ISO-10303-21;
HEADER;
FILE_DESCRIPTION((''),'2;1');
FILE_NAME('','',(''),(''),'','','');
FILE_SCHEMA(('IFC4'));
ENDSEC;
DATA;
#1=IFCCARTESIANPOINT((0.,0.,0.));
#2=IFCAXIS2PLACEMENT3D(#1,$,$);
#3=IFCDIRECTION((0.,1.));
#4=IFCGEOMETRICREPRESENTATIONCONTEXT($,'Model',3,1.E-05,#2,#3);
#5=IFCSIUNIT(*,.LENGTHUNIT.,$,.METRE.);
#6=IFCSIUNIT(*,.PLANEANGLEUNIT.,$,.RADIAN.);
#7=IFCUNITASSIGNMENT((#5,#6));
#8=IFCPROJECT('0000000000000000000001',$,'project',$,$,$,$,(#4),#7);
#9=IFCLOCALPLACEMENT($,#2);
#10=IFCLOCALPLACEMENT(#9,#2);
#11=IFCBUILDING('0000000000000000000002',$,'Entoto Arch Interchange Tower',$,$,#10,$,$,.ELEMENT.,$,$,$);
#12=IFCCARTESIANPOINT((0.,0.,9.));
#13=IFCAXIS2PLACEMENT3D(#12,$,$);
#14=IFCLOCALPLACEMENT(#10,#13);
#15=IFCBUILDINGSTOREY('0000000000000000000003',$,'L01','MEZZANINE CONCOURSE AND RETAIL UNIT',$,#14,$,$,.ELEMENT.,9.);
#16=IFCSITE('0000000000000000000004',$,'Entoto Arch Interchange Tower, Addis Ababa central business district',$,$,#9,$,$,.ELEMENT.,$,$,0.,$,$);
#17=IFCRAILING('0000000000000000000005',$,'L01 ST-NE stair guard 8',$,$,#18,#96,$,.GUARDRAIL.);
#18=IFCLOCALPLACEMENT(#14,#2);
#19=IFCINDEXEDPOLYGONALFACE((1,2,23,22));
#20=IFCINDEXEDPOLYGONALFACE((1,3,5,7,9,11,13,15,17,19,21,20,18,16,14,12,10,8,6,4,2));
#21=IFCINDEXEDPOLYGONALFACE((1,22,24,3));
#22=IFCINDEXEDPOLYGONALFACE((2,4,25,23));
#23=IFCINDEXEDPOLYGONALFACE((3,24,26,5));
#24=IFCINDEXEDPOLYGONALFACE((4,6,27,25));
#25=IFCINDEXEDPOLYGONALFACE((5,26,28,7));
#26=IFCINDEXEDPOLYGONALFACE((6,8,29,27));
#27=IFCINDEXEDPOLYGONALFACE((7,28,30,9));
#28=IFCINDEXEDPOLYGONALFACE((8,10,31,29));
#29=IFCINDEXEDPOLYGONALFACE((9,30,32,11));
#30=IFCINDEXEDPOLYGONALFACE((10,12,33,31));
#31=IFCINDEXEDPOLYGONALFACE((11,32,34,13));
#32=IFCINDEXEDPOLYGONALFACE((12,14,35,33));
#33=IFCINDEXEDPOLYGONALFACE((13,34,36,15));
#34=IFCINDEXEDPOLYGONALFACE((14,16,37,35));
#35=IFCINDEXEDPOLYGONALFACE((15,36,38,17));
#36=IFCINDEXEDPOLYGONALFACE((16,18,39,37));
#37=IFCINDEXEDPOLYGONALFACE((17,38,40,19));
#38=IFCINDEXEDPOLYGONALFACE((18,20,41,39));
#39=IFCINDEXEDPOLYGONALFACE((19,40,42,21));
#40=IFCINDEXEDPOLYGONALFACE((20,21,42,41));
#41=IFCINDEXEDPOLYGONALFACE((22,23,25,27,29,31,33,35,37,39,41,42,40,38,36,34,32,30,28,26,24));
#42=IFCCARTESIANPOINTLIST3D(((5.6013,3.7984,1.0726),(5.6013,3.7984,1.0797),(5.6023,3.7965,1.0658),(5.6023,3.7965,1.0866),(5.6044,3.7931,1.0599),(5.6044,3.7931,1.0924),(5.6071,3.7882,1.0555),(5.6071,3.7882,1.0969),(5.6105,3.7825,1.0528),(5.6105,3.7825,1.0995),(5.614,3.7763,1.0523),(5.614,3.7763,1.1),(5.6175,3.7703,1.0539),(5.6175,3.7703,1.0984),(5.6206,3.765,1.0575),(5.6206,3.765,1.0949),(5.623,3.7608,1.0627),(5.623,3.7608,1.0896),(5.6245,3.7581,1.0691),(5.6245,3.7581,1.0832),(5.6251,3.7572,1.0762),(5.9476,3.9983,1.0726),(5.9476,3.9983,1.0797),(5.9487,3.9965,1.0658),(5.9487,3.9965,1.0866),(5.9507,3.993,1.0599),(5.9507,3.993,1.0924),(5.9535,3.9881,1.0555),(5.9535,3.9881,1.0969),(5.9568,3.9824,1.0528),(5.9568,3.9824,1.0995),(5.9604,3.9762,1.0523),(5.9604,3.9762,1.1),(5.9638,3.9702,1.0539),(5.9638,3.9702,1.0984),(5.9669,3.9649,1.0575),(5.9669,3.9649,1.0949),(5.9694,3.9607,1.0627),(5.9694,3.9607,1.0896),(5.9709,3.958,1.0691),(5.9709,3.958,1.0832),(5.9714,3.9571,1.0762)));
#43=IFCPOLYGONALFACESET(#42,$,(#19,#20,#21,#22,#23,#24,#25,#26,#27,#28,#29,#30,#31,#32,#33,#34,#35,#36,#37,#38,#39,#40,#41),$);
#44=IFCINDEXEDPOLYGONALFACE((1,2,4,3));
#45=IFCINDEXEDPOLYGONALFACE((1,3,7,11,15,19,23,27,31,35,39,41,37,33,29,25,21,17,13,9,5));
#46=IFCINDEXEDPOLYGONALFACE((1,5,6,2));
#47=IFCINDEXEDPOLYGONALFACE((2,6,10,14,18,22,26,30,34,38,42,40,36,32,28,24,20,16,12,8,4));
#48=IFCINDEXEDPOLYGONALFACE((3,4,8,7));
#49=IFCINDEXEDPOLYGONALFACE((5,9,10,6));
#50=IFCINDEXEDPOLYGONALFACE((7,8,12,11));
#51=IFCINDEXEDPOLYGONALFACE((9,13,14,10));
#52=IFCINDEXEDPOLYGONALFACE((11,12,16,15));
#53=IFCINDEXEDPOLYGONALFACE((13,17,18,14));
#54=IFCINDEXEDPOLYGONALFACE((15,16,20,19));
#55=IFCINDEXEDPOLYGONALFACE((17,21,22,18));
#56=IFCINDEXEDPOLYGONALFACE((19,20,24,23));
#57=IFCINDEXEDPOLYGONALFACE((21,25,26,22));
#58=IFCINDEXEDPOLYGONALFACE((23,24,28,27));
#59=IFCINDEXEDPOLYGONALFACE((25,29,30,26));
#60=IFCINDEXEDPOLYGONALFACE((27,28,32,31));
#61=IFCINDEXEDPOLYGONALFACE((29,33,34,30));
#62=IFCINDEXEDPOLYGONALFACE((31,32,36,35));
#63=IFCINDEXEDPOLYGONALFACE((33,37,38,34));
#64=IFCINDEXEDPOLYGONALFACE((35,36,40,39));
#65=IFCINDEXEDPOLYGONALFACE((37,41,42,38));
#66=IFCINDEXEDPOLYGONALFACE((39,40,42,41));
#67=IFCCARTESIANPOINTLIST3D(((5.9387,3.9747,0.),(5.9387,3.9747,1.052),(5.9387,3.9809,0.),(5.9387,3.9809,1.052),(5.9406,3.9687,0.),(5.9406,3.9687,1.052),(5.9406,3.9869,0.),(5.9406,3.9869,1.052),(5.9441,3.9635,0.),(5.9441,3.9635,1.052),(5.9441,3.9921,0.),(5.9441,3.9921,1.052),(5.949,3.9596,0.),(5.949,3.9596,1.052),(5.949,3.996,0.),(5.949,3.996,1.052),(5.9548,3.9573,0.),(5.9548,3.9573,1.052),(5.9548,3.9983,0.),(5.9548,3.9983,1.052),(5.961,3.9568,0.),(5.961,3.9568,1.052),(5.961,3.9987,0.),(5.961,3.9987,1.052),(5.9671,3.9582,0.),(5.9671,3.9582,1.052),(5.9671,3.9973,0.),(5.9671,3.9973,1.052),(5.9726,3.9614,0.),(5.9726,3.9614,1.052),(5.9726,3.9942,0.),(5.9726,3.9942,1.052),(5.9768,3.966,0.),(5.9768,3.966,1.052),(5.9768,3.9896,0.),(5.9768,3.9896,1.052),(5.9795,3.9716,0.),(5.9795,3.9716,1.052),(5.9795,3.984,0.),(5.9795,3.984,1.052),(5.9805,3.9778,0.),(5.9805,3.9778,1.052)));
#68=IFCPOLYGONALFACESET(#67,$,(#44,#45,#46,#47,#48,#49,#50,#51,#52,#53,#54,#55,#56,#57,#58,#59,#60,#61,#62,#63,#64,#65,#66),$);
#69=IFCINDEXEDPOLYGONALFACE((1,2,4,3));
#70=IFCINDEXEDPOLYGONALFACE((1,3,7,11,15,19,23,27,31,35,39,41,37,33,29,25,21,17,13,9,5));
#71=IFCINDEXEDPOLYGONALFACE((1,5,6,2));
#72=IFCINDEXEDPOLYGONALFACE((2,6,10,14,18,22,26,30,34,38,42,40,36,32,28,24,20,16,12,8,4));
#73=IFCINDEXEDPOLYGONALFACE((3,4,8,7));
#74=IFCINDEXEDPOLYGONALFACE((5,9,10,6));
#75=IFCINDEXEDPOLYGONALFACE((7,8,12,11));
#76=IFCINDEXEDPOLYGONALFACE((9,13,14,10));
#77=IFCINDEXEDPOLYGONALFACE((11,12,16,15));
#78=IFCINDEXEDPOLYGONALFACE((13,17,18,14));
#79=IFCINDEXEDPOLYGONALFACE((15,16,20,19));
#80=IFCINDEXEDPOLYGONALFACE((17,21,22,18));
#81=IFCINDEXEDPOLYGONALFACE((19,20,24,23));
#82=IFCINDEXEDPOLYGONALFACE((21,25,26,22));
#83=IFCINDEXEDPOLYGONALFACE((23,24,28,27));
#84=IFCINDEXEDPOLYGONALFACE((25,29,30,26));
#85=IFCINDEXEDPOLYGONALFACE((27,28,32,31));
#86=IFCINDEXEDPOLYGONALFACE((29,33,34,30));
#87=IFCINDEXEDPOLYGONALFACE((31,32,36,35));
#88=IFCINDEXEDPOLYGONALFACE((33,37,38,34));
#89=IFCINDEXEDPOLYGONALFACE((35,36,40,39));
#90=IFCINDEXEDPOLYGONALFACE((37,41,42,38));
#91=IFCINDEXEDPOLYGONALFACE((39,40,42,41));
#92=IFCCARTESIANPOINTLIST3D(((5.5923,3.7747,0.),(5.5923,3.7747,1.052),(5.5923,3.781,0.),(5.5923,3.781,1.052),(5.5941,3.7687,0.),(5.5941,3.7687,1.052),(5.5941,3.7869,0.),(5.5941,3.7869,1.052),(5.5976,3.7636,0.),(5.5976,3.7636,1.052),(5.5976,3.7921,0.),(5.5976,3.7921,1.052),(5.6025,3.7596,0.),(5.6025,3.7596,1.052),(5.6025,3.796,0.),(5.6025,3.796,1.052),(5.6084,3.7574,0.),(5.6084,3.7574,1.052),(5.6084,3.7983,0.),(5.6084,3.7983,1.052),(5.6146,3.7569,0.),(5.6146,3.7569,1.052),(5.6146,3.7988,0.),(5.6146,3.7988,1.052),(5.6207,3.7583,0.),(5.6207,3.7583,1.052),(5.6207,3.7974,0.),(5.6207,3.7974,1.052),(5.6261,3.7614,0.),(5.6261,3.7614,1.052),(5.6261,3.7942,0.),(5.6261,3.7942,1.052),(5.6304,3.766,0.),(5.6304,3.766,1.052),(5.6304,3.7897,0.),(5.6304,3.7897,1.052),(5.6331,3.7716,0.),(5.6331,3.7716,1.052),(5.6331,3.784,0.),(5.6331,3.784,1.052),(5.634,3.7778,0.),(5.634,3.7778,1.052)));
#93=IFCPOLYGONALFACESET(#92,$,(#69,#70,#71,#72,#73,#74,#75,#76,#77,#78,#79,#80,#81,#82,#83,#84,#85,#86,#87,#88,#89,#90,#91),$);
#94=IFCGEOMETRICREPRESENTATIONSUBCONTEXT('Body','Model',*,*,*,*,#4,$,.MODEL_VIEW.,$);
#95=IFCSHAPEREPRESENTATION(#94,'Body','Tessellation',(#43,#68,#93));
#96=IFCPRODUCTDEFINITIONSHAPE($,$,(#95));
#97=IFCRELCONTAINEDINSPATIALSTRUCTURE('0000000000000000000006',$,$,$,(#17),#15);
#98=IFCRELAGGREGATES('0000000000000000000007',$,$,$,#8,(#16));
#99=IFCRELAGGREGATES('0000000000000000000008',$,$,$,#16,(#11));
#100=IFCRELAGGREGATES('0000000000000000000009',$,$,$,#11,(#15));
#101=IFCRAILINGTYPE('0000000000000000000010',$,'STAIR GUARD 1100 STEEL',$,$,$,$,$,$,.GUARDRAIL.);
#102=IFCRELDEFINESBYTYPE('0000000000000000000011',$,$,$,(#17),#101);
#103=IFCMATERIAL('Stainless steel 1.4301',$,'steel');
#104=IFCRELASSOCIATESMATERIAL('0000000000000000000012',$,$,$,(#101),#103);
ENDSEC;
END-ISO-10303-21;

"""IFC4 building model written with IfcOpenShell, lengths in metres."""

from ifc_helpers import new_model, si_unit, direction, frame, origin, origin_2d, place, context, subcontext, project, spatial, circle, extrude, material, type_object, element, save


model = new_model("IFC4")

# Units and contexts
model_context = context("Model", 3, precision=1e-05, world=origin(), true_north=direction((0.0, 1.0)))
body_context = subcontext(model_context, "Body", "Model", "MODEL_VIEW")
ifc_project = project(units=[si_unit("LENGTHUNIT", "METRE"), si_unit("PLANEANGLEUNIT", "RADIAN")], contexts=[model_context])

# Site, building, storey
site_placement = place(None, origin())
site = spatial("IfcSite", under=ifc_project, at=site_placement, Name="Entoto Arch Interchange Tower, Addis Ababa central business district", CompositionType="ELEMENT", RefElevation=0.0)
building_placement = place(site_placement, origin())
building = spatial("IfcBuilding", under=site, at=building_placement, Name="Entoto Arch Interchange Tower", CompositionType="ELEMENT")
storey_placement = place(building_placement, frame((0.0, 0.0, 9.0)))
storey = spatial("IfcBuildingStorey", under=building, at=storey_placement, Name="L01", Description="MEZZANINE CONCOURSE AND RETAIL UNIT", CompositionType="ELEMENT", Elevation=9.0)

# Railing
ifc_material_1 = material(Name="Stainless steel 1.4301", Category="steel")
railing_type_1 = type_object("IfcRailingType", Name="STAIR GUARD 1100 STEEL", PredefinedType="GUARDRAIL", material=ifc_material_1)
railing_1_placement = place(storey_placement, frame((5.9595, 3.9778, 0.0)))
element("IfcRailing", 1, at=railing_1_placement, inside=storey, type_object=railing_type_1, Name="L01 ST-NE stair guard 8", PredefinedType="GUARDRAIL", context=body_context, shape_type="SweptSolid", body=[
    extrude(circle(Radius=0.0239, at=origin_2d()), frame((0.0, 0.0, 1.0762), z_axis=(-0.866094, -0.499881, 0.0), x_axis=(0.499881, -0.866094, 0.0)), (0.0, 0.0, 1.0), 0.3999),
    extrude(circle(Radius=0.021, at=origin_2d()), origin(), (0.0, 0.0, 1.0), 1.052),
    extrude(circle(Radius=0.021, at=origin_2d()), frame((-0.3464, -0.2, 0.0)), (0.0, 0.0, 1.0), 1.052),
])

save(model, "model.ifc")
